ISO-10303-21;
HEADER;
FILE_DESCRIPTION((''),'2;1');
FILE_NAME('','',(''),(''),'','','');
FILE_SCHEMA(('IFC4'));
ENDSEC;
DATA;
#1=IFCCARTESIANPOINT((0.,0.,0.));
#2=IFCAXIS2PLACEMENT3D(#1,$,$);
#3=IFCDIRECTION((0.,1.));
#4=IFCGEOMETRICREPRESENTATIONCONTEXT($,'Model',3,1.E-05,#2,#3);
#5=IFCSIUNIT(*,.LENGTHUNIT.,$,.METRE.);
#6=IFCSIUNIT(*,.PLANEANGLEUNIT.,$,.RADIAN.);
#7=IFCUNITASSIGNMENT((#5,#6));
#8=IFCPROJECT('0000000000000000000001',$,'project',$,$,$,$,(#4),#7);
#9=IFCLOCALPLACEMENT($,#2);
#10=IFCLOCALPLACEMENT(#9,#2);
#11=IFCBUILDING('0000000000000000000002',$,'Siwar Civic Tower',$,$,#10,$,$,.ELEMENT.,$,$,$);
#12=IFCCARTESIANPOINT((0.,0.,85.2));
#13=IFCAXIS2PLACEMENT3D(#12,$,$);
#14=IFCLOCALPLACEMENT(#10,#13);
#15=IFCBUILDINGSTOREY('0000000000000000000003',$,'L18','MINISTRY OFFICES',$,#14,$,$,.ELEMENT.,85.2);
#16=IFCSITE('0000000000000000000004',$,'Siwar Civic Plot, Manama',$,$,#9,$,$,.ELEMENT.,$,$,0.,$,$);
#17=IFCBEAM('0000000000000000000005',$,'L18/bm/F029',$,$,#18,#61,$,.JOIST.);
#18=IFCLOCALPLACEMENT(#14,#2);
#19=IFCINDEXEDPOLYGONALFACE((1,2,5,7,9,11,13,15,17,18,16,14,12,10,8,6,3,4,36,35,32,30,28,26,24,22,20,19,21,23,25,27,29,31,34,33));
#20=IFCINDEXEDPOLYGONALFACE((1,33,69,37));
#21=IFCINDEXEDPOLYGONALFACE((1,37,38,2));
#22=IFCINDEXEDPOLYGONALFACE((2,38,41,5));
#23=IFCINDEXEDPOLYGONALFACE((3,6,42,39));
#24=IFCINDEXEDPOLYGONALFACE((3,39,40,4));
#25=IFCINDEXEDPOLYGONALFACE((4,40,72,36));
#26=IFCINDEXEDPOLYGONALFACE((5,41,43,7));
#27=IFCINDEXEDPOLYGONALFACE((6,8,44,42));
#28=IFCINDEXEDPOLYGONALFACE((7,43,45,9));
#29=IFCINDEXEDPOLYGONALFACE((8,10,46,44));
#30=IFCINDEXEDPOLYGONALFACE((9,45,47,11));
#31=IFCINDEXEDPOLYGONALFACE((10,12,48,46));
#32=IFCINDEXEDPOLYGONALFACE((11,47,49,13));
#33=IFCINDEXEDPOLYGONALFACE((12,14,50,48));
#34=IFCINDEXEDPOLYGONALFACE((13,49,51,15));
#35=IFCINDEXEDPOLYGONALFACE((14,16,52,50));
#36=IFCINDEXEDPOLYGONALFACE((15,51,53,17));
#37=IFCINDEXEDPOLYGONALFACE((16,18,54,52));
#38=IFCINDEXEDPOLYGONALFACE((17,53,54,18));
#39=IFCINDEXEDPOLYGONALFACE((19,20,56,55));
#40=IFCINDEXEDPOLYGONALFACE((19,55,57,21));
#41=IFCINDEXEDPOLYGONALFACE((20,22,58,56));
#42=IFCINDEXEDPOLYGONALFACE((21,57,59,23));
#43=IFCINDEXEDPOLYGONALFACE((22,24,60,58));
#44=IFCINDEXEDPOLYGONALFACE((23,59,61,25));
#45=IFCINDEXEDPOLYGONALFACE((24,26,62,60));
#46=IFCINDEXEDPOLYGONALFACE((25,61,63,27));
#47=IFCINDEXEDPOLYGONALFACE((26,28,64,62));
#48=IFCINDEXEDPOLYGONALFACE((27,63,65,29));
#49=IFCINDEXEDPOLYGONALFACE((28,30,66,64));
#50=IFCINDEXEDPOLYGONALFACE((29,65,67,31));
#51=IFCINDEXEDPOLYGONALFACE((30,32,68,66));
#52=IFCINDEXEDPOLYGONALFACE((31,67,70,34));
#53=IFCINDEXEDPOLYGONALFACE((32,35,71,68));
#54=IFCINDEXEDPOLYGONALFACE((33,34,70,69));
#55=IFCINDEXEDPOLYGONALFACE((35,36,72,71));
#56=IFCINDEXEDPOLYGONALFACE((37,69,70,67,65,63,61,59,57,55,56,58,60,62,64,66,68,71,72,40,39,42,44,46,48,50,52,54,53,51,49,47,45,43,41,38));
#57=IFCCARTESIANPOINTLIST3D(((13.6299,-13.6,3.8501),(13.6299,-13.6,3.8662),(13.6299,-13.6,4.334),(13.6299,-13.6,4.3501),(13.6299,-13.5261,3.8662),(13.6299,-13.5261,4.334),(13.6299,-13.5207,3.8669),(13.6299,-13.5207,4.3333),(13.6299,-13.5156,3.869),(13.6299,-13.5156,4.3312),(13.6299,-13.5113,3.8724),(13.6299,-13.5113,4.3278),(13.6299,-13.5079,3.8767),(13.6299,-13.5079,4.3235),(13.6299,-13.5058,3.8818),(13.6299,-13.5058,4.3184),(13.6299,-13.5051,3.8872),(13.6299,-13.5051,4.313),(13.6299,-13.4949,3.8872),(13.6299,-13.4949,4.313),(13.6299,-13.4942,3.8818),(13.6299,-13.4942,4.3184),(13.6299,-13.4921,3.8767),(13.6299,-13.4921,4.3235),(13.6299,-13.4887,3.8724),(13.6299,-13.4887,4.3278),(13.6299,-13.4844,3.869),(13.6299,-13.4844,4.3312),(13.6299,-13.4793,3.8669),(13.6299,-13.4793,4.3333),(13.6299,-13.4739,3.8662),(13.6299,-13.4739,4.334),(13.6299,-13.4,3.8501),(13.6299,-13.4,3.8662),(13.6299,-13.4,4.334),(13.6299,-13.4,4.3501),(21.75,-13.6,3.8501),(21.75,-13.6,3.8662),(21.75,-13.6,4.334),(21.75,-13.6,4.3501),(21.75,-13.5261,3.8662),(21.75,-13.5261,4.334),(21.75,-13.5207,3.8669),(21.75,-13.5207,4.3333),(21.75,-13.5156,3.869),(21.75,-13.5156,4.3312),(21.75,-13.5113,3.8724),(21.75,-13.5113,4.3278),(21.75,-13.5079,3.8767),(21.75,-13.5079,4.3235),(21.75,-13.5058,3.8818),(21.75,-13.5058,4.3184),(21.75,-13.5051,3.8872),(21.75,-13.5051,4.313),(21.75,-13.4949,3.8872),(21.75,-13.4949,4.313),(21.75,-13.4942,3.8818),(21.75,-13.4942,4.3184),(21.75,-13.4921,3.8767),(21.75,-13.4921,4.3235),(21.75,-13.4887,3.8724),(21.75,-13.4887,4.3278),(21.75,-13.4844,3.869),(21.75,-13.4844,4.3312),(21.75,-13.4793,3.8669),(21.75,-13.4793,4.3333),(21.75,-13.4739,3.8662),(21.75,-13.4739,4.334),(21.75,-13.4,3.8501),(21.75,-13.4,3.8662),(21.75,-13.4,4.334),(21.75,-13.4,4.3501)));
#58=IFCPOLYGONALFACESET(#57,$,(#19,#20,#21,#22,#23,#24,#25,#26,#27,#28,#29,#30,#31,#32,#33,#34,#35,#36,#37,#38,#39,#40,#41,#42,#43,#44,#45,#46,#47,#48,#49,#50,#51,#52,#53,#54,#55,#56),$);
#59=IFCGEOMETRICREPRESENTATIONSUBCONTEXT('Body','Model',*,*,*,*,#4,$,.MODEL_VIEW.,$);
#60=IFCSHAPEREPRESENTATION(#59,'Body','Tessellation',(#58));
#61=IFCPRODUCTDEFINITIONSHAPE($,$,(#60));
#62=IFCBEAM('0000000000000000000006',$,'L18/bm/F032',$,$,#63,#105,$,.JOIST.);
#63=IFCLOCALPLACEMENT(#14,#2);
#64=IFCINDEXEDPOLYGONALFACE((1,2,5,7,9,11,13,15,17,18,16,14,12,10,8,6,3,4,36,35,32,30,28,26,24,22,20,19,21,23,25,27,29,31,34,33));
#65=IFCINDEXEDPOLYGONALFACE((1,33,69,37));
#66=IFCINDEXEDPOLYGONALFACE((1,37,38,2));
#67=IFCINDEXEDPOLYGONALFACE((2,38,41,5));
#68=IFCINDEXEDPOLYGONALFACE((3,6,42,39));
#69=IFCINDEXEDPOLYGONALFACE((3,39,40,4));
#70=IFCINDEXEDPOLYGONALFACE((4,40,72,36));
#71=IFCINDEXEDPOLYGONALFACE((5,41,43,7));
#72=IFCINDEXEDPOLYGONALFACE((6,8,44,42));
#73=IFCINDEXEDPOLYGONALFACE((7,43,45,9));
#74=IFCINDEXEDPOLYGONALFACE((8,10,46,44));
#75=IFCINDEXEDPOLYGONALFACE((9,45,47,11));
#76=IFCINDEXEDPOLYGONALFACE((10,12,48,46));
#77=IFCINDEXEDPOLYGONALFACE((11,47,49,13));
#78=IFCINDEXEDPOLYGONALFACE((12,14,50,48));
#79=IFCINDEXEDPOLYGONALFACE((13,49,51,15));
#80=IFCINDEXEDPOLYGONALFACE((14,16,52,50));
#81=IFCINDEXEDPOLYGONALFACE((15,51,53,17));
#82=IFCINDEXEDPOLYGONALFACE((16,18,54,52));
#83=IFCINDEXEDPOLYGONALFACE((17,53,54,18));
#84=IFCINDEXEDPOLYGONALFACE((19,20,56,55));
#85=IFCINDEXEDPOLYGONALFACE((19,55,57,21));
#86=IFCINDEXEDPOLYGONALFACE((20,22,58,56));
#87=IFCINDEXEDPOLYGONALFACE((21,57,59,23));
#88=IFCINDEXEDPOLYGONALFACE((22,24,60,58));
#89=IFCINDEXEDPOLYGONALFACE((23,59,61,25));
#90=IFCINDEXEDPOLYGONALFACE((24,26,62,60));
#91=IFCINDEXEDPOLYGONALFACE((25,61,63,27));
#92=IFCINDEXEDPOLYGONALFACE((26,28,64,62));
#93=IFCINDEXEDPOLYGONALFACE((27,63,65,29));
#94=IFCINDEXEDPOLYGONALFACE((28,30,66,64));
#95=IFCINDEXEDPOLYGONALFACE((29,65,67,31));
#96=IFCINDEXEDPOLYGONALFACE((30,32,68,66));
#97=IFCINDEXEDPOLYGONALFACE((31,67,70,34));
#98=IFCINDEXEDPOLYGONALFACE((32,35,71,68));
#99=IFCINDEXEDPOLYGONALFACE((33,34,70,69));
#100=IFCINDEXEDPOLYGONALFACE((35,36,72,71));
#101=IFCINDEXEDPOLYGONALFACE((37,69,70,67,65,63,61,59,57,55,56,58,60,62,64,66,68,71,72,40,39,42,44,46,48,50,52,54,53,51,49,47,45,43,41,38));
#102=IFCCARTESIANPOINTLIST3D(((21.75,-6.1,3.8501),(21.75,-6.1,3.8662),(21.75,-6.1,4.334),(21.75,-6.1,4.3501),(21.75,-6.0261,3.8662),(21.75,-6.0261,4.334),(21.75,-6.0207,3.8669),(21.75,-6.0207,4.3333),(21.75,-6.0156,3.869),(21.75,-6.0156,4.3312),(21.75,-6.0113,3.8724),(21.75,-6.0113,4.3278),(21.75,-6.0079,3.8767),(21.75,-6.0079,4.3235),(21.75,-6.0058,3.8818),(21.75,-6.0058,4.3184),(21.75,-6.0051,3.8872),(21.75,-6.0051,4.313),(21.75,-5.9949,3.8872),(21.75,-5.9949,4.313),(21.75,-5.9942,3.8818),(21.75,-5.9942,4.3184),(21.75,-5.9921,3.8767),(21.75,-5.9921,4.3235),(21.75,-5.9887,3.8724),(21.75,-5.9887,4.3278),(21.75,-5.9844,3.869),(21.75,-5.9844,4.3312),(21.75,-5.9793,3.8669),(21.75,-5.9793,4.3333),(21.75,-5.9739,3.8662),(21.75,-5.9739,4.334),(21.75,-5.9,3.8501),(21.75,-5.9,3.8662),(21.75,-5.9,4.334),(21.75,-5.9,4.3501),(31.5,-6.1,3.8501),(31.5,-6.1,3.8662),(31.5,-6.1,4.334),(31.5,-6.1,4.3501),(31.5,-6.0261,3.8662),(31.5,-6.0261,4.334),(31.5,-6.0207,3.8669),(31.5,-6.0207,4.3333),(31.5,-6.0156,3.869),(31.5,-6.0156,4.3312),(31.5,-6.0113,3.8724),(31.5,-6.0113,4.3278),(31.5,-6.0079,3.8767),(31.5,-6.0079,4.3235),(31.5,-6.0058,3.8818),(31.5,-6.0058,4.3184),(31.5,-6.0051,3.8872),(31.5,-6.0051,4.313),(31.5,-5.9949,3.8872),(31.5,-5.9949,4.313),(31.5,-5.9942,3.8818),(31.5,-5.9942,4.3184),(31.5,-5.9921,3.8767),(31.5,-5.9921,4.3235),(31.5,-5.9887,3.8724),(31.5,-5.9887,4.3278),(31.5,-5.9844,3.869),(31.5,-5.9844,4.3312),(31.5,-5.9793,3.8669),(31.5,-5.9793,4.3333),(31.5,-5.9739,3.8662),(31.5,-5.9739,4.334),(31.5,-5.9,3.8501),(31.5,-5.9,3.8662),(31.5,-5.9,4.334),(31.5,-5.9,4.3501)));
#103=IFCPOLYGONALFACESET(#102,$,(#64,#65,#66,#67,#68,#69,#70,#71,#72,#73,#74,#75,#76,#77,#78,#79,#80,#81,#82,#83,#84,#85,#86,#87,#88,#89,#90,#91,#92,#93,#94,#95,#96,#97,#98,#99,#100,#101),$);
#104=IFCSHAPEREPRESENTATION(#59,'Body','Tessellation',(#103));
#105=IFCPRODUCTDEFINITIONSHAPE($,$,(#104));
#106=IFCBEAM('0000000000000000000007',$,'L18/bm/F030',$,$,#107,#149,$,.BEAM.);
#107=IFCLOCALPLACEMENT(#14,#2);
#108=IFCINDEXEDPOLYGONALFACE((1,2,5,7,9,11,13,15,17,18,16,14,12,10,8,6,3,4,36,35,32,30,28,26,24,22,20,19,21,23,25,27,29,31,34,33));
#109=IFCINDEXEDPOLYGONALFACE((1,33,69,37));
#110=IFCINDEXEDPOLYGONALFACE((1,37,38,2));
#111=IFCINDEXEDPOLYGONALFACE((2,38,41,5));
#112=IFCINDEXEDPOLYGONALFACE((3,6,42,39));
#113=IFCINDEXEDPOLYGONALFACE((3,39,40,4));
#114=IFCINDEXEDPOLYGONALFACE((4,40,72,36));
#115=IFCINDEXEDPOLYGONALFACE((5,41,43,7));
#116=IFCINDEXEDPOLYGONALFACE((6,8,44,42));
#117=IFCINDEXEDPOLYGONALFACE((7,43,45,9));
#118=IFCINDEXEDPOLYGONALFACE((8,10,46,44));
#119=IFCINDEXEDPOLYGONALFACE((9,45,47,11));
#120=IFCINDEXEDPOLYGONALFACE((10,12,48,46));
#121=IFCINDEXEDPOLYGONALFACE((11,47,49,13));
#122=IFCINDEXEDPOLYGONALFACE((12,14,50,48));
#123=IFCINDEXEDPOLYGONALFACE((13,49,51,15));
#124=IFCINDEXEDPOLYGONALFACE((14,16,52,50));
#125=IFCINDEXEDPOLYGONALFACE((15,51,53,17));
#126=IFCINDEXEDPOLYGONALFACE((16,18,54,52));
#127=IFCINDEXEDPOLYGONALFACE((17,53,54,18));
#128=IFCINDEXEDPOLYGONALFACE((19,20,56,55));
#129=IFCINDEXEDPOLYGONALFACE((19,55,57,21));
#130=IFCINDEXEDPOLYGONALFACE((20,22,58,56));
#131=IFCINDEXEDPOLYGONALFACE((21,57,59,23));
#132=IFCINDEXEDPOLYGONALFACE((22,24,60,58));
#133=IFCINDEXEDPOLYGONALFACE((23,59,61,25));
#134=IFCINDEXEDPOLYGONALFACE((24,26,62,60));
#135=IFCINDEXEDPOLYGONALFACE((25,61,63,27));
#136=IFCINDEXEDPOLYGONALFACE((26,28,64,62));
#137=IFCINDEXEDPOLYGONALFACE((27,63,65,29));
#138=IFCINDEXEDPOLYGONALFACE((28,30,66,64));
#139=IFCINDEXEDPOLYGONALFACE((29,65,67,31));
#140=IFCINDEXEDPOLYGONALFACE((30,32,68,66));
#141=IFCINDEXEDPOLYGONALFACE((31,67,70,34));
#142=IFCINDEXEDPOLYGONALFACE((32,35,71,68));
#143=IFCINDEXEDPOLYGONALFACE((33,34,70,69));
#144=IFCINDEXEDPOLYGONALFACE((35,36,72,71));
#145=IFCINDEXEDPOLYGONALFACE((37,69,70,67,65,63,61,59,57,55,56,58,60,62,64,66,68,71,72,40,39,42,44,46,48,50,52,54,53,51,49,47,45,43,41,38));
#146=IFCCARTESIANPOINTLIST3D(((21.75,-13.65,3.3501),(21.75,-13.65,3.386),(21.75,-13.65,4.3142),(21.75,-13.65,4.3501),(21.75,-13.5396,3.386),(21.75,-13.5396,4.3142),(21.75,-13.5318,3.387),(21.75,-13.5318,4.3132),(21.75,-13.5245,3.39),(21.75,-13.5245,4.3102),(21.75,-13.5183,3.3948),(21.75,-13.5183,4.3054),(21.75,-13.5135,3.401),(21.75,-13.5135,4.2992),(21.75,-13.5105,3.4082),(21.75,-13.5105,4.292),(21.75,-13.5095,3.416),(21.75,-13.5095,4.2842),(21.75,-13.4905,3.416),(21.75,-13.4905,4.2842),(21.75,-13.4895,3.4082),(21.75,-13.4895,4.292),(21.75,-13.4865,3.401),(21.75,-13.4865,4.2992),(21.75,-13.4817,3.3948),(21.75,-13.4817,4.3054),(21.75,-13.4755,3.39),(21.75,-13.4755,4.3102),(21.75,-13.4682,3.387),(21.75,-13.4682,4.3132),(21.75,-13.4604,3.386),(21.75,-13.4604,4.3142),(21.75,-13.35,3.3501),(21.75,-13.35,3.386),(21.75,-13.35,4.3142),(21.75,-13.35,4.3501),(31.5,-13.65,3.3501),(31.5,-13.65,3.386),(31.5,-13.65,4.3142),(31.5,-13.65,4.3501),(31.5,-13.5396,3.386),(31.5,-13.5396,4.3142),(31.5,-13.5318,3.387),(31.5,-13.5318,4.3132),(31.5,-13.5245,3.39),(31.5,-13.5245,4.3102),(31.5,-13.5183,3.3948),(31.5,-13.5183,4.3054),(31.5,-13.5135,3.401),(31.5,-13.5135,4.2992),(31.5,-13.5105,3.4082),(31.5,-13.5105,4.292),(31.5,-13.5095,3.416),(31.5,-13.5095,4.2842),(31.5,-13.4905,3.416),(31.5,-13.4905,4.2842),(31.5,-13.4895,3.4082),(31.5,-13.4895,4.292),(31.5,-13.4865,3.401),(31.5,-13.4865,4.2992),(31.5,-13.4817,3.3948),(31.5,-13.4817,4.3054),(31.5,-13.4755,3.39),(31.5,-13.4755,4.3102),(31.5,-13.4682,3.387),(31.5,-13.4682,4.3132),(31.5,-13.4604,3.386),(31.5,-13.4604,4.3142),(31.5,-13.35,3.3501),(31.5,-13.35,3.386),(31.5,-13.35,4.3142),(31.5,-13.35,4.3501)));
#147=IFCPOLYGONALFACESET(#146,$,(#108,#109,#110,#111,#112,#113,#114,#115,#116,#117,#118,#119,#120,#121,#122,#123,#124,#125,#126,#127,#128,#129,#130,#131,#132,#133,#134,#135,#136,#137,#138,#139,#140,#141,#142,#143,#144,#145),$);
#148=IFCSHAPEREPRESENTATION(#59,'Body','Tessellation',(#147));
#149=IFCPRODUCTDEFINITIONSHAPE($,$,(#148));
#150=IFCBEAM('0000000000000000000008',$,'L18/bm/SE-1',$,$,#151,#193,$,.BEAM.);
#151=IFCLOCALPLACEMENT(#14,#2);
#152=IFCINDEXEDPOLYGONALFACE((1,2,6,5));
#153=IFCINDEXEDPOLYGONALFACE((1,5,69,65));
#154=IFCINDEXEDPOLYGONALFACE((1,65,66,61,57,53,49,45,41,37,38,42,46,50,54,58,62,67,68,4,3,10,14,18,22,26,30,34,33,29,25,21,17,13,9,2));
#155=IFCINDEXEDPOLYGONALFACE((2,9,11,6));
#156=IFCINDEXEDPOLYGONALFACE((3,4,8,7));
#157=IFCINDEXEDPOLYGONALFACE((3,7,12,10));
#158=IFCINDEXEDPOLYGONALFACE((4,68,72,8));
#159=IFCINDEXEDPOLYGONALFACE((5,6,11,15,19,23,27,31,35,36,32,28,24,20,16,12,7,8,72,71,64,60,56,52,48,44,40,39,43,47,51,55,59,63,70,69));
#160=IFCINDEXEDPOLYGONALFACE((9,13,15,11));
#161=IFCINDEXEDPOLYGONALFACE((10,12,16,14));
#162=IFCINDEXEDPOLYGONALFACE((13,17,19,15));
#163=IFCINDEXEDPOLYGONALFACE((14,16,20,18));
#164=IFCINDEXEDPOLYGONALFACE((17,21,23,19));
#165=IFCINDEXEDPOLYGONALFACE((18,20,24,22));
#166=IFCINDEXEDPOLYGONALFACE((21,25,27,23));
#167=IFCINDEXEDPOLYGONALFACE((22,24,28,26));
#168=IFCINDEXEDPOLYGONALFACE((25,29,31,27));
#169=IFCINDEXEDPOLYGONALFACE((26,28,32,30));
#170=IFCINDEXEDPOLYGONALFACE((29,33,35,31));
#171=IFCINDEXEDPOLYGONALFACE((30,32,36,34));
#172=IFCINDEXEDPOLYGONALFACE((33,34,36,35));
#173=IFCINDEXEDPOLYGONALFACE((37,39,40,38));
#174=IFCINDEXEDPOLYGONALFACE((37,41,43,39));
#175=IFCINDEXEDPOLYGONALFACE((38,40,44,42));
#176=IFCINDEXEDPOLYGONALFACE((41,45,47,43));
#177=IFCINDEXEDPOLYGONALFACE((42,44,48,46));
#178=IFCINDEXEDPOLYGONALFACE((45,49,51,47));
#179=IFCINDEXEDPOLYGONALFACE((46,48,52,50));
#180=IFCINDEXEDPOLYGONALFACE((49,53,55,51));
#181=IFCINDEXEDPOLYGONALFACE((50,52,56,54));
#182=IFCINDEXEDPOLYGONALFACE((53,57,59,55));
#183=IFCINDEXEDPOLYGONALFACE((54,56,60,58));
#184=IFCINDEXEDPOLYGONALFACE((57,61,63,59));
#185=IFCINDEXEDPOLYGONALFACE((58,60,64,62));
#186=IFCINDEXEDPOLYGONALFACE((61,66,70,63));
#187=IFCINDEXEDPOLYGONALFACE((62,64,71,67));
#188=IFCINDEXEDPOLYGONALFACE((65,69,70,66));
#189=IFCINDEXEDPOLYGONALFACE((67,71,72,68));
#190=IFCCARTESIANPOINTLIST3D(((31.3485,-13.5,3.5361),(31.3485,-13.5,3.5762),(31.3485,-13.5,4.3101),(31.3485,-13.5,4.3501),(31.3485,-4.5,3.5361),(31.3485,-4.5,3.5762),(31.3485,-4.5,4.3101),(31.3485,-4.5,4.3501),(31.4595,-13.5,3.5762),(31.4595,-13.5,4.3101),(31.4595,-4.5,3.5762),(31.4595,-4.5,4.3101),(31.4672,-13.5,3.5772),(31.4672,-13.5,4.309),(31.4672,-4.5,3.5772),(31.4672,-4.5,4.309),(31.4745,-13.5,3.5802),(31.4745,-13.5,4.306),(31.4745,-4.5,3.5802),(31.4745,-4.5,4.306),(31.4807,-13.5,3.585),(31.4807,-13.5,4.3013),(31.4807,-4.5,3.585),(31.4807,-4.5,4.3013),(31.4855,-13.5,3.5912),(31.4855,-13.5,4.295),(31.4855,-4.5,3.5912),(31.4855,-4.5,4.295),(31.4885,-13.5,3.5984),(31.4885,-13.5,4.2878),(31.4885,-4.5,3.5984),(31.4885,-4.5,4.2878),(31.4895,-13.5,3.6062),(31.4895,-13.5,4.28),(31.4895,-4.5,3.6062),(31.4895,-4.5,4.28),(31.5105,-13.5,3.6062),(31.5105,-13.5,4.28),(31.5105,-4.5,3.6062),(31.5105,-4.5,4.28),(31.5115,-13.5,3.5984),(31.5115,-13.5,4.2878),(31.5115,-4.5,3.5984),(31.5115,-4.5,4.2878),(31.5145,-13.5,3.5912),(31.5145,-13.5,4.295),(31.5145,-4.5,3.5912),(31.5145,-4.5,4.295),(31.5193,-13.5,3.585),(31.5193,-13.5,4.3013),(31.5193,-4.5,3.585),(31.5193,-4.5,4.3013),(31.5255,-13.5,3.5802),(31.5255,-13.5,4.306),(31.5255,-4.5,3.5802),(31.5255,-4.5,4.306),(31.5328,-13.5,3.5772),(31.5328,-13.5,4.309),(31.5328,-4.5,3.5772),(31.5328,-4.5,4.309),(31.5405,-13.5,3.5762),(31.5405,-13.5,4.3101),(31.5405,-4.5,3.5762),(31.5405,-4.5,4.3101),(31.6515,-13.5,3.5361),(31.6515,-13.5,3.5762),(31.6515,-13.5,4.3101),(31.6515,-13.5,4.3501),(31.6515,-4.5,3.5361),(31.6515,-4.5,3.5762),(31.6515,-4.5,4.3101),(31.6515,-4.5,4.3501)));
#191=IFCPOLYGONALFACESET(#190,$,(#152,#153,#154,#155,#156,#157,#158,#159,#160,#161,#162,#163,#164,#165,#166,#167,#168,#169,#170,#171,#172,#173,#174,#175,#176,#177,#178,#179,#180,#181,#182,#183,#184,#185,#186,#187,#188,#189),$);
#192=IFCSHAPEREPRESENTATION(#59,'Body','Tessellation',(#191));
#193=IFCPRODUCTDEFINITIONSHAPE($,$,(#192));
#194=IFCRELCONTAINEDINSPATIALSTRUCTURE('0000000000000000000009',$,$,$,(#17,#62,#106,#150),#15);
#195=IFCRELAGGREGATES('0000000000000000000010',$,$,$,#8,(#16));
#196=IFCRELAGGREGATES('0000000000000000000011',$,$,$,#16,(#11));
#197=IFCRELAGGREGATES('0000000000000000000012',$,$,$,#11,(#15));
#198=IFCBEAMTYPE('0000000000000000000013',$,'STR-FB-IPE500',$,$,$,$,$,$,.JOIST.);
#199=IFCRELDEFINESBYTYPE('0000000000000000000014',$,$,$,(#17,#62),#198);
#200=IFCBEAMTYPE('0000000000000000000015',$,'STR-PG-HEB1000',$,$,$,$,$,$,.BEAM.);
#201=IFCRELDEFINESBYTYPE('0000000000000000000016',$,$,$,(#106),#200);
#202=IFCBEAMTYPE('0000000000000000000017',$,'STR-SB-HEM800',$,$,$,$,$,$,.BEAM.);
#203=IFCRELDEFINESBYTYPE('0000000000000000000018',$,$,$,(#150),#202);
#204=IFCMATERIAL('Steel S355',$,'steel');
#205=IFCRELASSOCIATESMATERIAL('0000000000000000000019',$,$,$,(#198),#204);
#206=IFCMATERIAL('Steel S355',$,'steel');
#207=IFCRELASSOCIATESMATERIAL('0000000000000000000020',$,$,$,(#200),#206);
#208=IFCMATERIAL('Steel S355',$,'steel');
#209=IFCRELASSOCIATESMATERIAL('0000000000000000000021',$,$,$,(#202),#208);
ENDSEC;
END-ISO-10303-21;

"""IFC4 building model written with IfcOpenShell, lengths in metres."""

from ifc_helpers import new_model, si_unit, direction, frame, origin, origin_2d, place, context, subcontext, project, spatial, i_section, extrude, material, material_profile, profile_set, type_object, element, save


model = new_model("IFC4")

# Units and contexts
model_context = context("Model", 3, precision=1e-05, world=origin(), true_north=direction((0.0, 1.0)))
body_context = subcontext(model_context, "Body", "Model", "MODEL_VIEW")
ifc_project = project(units=[si_unit("LENGTHUNIT", "METRE"), si_unit("PLANEANGLEUNIT", "RADIAN")], contexts=[model_context])

# Site, building, storey
site_placement = place(None, origin())
site = spatial("IfcSite", under=ifc_project, at=site_placement, Name="Siwar Civic Plot, Manama", CompositionType="ELEMENT", RefElevation=0.0)
building_placement = place(site_placement, origin())
building = spatial("IfcBuilding", under=site, at=building_placement, Name="Siwar Civic Tower", CompositionType="ELEMENT")
storey_placement = place(building_placement, frame((0.0, 0.0, 85.2)))
storey = spatial("IfcBuildingStorey", under=building, at=storey_placement, Name="L18", Description="MINISTRY OFFICES", CompositionType="ELEMENT", Elevation=85.2)

# Beams
ifc_material_1 = material(Name="Steel S355", Category="steel")
ifc_material_profile_1 = material_profile(ifc_material_1, i_section(OverallWidth=0.2, OverallDepth=0.5, WebThickness=0.0103, FlangeThickness=0.0161, FilletRadius=0.021, at=origin_2d()), Name="IPE500")
ifc_profile_set_1 = profile_set([ifc_material_profile_1], Name="Steel S355")
beam_type_1 = type_object("IfcBeamType", Name="STR-FB-IPE500", PredefinedType="JOIST", material=ifc_profile_set_1)
beam_1_placement = place(storey_placement, frame((13.6299, -13.5, 4.1001), z_axis=(1.0, 0.0, 0.0), x_axis=(0.0, 1.0, 0.0)))
element("IfcBeam", 1, at=beam_1_placement, inside=storey, type_object=beam_type_1, Name="L18/bm/F029", PredefinedType="JOIST", context=body_context, shape_type="SweptSolid", body=[
    extrude(i_section(OverallWidth=0.2, OverallDepth=0.5, WebThickness=0.0103, FlangeThickness=0.0161, FilletRadius=0.021, at=origin_2d()), origin(), (0.0, 0.0, 1.0), 8.1201),
])
beam_2_placement = place(storey_placement, frame((21.75, -6.0, 4.1001), z_axis=(1.0, 0.0, 0.0), x_axis=(0.0, 1.0, 0.0)))
element("IfcBeam", 2, at=beam_2_placement, inside=storey, type_object=beam_type_1, Name="L18/bm/F032", PredefinedType="JOIST", context=body_context, shape_type="SweptSolid", body=[
    extrude(i_section(OverallWidth=0.2, OverallDepth=0.5, WebThickness=0.0103, FlangeThickness=0.0161, FilletRadius=0.021, at=origin_2d()), origin(), (0.0, 0.0, 1.0), 9.75),
])
ifc_material_2 = material(Name="Steel S355", Category="steel")
ifc_material_profile_2 = material_profile(ifc_material_2, i_section(OverallWidth=0.3, OverallDepth=1.0, WebThickness=0.019, FlangeThickness=0.0359, FilletRadius=0.03, at=origin_2d()), Name="HEB1000")
ifc_profile_set_2 = profile_set([ifc_material_profile_2], Name="Steel S355")
beam_type_2 = type_object("IfcBeamType", Name="STR-PG-HEB1000", PredefinedType="BEAM", material=ifc_profile_set_2)
beam_3_placement = place(storey_placement, frame((21.75, -13.5, 3.8501), z_axis=(1.0, 0.0, 0.0), x_axis=(0.0, 1.0, 0.0)))
element("IfcBeam", 3, at=beam_3_placement, inside=storey, type_object=beam_type_2, Name="L18/bm/F030", PredefinedType="BEAM", context=body_context, shape_type="SweptSolid", body=[
    extrude(i_section(OverallWidth=0.3, OverallDepth=1.0, WebThickness=0.019, FlangeThickness=0.0359, FilletRadius=0.03, at=origin_2d()), origin(), (0.0, 0.0, 1.0), 9.75),
])
ifc_material_3 = material(Name="Steel S355", Category="steel")
ifc_material_profile_3 = material_profile(ifc_material_3, i_section(OverallWidth=0.303, OverallDepth=0.814, WebThickness=0.021, FlangeThickness=0.04, FilletRadius=0.03, at=origin_2d()), Name="HEM800")
ifc_profile_set_3 = profile_set([ifc_material_profile_3], Name="Steel S355")
beam_type_3 = type_object("IfcBeamType", Name="STR-SB-HEM800", PredefinedType="BEAM", material=ifc_profile_set_3)
for number, where, z_axis, x_axis, name in (
    (4, (31.5, -13.5, 3.9431), (0.0, 1.0, 0.0), (-1.0, 0.0, 0.0), "L18/bm/SE-1"),
):
    element("IfcBeam", number, at=place(storey_placement, frame(where, z_axis=z_axis, x_axis=x_axis)), inside=storey, type_object=beam_type_3, Name=name, PredefinedType="BEAM", context=body_context, shape_type="SweptSolid", body=[
        extrude(i_section(OverallWidth=0.303, OverallDepth=0.814, WebThickness=0.021, FlangeThickness=0.04, FilletRadius=0.03, at=origin_2d()), origin(), (0.0, 0.0, 1.0), 9.0),
    ])

save(model, "model.ifc")
